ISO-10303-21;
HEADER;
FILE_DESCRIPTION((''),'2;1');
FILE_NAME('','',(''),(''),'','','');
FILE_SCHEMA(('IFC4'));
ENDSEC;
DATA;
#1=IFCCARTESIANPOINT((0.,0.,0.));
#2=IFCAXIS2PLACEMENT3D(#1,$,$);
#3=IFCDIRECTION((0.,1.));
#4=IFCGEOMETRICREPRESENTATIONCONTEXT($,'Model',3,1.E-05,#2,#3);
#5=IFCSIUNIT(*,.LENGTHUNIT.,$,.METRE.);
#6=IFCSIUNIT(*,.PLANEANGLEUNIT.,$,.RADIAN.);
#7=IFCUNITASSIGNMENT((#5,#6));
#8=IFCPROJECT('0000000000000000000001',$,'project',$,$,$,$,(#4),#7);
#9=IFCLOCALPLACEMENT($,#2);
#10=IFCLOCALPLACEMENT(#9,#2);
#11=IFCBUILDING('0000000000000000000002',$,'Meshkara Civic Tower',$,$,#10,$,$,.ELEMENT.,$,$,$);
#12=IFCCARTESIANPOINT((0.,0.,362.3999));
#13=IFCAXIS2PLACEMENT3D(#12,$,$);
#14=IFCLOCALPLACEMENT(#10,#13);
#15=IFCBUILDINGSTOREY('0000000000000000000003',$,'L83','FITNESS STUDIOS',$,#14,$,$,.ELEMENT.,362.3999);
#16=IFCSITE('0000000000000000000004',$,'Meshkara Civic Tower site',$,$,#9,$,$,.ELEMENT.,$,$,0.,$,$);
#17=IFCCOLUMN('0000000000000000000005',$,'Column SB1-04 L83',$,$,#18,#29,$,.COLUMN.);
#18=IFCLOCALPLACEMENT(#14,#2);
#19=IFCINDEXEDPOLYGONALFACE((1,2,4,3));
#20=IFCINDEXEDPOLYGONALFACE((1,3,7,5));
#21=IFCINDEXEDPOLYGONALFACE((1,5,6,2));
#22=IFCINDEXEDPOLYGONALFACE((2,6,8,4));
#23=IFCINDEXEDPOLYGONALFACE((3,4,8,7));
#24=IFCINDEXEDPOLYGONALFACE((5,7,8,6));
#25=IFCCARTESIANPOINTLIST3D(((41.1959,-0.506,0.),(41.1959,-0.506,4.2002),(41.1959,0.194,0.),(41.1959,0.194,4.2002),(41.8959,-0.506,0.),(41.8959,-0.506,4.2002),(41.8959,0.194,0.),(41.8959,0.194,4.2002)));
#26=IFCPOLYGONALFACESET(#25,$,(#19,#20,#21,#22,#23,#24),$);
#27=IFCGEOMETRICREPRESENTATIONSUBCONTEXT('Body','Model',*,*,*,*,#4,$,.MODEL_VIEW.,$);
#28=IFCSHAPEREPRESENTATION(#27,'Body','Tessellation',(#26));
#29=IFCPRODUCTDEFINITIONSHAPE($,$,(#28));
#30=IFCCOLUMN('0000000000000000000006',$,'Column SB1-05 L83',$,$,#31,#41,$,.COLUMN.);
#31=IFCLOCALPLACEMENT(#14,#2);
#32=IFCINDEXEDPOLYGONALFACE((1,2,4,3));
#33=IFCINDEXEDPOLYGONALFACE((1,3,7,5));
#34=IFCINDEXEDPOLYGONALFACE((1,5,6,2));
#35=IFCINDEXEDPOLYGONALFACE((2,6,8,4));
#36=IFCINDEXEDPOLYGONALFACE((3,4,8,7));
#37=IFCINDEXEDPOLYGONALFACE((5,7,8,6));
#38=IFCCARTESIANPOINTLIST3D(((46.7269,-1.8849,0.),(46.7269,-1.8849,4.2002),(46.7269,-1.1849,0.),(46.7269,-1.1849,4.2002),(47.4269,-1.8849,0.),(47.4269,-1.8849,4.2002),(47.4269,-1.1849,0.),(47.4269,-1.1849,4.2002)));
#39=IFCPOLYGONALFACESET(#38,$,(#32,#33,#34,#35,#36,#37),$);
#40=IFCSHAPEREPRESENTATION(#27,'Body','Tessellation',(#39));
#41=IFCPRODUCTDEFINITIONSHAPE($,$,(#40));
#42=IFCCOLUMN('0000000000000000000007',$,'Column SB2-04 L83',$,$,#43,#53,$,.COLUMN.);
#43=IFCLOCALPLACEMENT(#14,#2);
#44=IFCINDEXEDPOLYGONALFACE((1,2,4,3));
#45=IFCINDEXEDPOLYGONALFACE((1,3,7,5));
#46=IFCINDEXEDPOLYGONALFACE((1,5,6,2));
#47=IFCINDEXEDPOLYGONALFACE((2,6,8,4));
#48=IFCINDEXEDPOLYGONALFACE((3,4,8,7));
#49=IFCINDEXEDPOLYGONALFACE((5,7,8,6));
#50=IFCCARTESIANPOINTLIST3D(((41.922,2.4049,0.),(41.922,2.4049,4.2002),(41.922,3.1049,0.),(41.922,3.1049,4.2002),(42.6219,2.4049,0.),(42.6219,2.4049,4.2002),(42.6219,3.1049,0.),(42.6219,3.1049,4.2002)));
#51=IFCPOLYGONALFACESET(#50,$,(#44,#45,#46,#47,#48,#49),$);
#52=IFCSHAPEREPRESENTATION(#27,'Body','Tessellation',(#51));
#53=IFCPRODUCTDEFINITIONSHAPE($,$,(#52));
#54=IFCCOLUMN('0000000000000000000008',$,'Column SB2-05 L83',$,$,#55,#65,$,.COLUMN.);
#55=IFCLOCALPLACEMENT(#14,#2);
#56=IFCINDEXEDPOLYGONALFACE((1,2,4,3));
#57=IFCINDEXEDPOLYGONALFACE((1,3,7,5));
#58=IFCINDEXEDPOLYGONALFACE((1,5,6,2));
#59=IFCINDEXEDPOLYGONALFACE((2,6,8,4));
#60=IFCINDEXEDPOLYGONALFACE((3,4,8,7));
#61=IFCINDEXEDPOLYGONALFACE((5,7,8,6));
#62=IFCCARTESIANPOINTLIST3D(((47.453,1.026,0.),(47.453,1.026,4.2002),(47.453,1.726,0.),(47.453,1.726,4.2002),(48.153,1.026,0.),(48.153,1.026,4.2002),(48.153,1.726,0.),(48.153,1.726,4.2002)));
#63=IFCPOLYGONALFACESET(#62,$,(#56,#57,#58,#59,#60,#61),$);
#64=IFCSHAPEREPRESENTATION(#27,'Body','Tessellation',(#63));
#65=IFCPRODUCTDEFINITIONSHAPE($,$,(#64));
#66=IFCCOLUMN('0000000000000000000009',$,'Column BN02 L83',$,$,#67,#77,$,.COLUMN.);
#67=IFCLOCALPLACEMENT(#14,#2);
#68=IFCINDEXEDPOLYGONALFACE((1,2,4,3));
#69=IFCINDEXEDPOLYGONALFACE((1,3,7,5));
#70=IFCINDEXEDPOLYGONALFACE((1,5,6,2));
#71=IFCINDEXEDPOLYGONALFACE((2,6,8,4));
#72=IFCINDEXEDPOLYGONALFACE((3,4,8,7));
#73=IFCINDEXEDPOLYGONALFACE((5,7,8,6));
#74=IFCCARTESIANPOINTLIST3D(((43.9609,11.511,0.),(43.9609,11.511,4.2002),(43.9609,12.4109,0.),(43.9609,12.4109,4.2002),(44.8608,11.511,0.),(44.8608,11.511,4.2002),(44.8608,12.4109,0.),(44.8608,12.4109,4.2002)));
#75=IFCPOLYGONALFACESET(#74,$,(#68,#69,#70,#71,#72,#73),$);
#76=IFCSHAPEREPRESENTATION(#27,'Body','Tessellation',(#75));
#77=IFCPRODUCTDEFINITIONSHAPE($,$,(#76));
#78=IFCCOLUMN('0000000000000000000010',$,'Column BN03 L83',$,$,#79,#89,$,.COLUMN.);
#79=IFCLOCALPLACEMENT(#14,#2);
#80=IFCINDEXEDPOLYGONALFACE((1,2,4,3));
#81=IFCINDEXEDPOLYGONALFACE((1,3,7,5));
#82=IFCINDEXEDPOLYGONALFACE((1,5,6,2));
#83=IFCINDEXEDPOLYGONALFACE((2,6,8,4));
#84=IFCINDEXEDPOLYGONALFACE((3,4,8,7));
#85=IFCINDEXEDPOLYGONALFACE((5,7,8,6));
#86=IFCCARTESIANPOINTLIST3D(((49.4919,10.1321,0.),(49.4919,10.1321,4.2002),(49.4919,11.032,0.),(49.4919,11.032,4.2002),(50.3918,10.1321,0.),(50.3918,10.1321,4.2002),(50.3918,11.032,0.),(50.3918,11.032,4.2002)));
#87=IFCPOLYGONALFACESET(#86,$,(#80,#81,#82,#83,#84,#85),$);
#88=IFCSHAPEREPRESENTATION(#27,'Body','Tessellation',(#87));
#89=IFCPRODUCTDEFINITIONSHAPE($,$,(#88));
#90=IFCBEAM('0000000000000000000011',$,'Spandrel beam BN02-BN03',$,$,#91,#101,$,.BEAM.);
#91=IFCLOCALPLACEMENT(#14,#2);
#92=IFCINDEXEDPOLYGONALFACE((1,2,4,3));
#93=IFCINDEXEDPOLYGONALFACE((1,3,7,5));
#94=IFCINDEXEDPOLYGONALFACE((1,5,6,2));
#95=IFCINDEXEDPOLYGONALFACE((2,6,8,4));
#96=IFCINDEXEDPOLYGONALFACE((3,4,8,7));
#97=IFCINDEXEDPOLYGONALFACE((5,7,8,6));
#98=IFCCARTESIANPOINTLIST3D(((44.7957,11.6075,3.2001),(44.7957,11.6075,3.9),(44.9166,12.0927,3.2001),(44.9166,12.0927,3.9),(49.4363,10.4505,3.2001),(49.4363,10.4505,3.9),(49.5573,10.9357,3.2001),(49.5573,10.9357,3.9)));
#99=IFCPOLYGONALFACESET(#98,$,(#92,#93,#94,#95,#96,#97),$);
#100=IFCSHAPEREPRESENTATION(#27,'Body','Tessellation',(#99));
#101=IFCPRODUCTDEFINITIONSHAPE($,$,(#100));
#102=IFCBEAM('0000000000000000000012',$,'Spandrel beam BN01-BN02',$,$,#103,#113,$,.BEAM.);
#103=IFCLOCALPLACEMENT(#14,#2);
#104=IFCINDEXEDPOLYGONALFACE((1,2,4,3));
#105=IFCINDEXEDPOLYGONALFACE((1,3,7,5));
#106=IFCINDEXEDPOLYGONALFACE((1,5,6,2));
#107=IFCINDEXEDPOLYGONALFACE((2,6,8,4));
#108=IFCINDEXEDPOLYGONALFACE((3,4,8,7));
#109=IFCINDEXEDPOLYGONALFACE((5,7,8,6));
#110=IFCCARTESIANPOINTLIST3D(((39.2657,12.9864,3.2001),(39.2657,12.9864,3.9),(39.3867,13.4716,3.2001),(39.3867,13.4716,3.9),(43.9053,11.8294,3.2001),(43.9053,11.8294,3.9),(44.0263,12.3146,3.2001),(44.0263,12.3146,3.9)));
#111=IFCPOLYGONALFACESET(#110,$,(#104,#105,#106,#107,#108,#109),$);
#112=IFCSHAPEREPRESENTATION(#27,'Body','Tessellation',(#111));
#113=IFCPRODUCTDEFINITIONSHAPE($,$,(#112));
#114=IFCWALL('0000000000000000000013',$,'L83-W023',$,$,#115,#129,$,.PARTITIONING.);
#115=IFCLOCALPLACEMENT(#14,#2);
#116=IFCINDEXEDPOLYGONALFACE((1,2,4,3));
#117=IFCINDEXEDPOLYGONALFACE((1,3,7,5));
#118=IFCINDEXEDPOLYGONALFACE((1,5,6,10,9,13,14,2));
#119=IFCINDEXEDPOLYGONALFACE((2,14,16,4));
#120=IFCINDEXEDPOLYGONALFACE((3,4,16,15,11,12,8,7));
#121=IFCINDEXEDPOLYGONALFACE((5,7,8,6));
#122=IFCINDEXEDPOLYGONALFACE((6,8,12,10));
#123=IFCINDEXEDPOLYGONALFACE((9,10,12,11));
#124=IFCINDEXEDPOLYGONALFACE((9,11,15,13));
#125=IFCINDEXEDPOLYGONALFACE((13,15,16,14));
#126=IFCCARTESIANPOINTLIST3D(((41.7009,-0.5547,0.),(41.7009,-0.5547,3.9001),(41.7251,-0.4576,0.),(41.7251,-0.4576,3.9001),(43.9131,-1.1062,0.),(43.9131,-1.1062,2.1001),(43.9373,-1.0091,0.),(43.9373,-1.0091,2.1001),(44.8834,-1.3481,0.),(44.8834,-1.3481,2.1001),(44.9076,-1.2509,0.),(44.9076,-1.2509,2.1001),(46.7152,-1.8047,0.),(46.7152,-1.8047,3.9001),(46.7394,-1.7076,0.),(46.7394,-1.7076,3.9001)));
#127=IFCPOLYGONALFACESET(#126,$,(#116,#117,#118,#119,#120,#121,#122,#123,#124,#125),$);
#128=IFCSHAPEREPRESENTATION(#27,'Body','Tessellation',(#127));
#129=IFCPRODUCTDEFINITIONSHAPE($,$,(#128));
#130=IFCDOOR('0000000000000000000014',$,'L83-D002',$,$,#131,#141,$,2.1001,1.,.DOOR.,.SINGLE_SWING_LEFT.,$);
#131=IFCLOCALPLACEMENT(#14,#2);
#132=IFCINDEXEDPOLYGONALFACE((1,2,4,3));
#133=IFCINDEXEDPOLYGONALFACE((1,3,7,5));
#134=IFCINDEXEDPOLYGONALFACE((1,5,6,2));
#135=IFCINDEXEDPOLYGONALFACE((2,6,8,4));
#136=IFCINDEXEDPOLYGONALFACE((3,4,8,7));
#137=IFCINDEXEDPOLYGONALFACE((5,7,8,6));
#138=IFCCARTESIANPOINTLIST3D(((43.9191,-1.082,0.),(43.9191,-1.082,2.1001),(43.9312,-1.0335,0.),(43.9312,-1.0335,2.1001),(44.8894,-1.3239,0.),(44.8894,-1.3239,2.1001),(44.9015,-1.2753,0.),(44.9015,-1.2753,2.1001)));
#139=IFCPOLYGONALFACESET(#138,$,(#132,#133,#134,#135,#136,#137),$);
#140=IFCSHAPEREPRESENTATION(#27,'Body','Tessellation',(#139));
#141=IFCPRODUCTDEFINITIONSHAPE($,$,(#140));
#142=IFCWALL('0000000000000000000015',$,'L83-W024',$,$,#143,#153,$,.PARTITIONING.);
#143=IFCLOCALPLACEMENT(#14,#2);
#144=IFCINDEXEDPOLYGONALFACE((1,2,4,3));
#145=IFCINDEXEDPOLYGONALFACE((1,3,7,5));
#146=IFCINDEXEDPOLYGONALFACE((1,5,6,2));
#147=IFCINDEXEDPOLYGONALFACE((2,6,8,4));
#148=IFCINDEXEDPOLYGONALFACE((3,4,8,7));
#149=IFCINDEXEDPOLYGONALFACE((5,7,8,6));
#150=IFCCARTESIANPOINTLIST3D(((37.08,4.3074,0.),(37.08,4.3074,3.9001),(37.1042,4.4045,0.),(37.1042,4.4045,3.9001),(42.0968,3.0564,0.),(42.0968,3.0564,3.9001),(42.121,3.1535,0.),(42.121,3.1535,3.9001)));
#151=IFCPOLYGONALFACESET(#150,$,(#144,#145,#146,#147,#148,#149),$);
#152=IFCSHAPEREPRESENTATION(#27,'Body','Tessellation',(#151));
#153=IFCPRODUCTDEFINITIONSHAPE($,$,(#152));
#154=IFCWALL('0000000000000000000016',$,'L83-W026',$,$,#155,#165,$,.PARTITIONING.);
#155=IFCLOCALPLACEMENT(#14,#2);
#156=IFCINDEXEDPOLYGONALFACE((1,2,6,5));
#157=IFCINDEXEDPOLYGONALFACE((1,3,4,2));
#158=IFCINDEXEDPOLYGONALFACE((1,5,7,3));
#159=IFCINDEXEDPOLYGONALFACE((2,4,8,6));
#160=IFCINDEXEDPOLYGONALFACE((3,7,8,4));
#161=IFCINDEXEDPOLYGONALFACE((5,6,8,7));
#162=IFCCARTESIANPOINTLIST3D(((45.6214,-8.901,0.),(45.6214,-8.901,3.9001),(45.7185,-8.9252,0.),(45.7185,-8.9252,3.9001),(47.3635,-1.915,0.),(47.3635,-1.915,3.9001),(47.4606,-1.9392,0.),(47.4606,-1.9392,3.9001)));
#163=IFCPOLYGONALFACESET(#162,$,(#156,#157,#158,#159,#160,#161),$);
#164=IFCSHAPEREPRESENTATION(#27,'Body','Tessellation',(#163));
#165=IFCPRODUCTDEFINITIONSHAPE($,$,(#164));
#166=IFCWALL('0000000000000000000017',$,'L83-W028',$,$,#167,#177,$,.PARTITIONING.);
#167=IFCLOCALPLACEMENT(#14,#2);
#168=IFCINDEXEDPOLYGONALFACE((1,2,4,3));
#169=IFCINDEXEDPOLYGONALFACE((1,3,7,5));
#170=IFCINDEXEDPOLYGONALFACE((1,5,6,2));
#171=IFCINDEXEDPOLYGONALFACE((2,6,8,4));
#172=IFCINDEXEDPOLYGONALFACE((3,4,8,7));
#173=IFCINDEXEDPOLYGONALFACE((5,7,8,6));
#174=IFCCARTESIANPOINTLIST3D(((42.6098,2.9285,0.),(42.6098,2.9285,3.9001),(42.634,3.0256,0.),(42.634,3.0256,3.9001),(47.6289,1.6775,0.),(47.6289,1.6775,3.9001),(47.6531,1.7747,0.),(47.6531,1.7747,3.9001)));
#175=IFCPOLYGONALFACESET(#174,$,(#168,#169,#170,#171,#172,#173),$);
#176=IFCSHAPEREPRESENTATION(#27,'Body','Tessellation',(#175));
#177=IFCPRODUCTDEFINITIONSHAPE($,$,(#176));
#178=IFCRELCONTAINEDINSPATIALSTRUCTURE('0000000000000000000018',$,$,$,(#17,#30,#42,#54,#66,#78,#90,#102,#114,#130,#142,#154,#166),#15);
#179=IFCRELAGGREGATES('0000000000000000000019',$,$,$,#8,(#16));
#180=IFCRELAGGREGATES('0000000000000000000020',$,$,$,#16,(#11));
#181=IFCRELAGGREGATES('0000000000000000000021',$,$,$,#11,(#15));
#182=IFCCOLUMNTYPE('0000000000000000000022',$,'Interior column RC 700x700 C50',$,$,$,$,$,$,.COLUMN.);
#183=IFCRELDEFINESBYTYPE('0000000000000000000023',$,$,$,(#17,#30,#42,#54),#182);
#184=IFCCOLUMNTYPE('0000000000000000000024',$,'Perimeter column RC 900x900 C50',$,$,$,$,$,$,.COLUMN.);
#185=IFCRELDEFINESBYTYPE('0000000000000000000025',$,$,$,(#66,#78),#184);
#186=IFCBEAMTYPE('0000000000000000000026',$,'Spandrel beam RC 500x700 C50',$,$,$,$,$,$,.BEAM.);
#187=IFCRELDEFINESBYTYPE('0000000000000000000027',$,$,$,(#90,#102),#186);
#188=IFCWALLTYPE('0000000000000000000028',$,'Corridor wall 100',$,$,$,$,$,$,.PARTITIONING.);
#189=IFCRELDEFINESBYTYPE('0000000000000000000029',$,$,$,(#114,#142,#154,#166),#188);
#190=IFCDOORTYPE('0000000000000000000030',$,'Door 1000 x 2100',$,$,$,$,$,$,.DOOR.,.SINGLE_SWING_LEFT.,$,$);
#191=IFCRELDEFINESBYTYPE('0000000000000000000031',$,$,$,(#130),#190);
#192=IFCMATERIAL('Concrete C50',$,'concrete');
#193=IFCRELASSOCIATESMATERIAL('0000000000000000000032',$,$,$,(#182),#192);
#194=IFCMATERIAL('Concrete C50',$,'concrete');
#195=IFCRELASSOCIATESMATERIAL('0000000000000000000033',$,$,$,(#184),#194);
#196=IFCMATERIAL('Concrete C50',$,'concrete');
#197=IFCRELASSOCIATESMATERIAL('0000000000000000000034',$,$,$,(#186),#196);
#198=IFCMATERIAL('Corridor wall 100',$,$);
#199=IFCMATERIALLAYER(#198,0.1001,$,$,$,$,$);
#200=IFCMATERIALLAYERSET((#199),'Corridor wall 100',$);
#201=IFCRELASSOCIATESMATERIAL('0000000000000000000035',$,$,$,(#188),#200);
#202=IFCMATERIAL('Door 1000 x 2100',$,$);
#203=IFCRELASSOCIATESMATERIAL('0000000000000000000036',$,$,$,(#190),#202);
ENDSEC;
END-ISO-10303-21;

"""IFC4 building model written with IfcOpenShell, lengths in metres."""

from ifc_helpers import new_model, si_unit, direction, frame, frame_2d, origin, origin_2d, place, context, subcontext, project, spatial, rectangle, extrude, material, layer, layer_set, material_profile, profile_set, type_object, element, fill, save


model = new_model("IFC4")

# Units and contexts
model_context = context("Model", 3, precision=1e-05, world=origin(), true_north=direction((0.0, 1.0)))
body_context = subcontext(model_context, "Body", "Model", "MODEL_VIEW")
ifc_project = project(units=[si_unit("LENGTHUNIT", "METRE"), si_unit("PLANEANGLEUNIT", "RADIAN")], contexts=[model_context])

# Site, building, storey
site_placement = place(None, origin())
site = spatial("IfcSite", under=ifc_project, at=site_placement, Name="Meshkara Civic Tower site", CompositionType="ELEMENT", RefElevation=0.0)
building_placement = place(site_placement, origin())
building = spatial("IfcBuilding", under=site, at=building_placement, Name="Meshkara Civic Tower", CompositionType="ELEMENT")
storey_placement = place(building_placement, frame((0.0, 0.0, 362.3999)))
storey = spatial("IfcBuildingStorey", under=building, at=storey_placement, Name="L83", Description="FITNESS STUDIOS", CompositionType="ELEMENT", Elevation=362.3999)

# Columns
ifc_material_1 = material(Name="Concrete C50", Category="concrete")
ifc_material_profile_1 = material_profile(ifc_material_1, rectangle(XDim=0.7, YDim=0.7, at=origin_2d()))
ifc_profile_set_1 = profile_set([ifc_material_profile_1], Name="Concrete C50")
column_type_1 = type_object("IfcColumnType", Name="Interior column RC 700x700 C50", PredefinedType="COLUMN", material=ifc_profile_set_1)
for number, where, z_axis, x_axis, name in (
    (1, (41.5459, -0.156, 0.0), (0.0, 0.0, 1.0), (1.0, 0.0, 0.0), "Column SB1-04 L83"),
    (2, (47.0769, -1.5349, 0.0), (0.0, 0.0, 1.0), (1.0, 0.0, 0.0), "Column SB1-05 L83"),
    (3, (42.272, 2.7549, 0.0), (0.0, 0.0, 1.0), (1.0, 0.0, 0.0), "Column SB2-04 L83"),
    (4, (47.803, 1.376, 0.0), (0.0, 0.0, 1.0), (1.0, 0.0, 0.0), "Column SB2-05 L83"),
):
    element("IfcColumn", number, at=place(storey_placement, frame(where, z_axis=z_axis, x_axis=x_axis)), inside=storey, type_object=column_type_1, Name=name, PredefinedType="COLUMN", context=body_context, shape_type="SweptSolid", body=[
        extrude(rectangle(XDim=0.7, YDim=0.7, at=origin_2d()), origin(), (0.0, 0.0, 1.0), 4.2002),
    ])
ifc_material_2 = material(Name="Concrete C50", Category="concrete")
ifc_material_profile_2 = material_profile(ifc_material_2, rectangle(XDim=0.8999, YDim=0.8999, at=origin_2d()))
ifc_profile_set_2 = profile_set([ifc_material_profile_2], Name="Concrete C50")
column_type_2 = type_object("IfcColumnType", Name="Perimeter column RC 900x900 C50", PredefinedType="COLUMN", material=ifc_profile_set_2)
for number, where, z_axis, x_axis, name in (
    (5, (44.4109, 11.9609, 0.0), (0.0, 0.0, 1.0), (1.0, 0.0, 0.0), "Column BN02 L83"),
    (6, (49.9419, 10.582, 0.0), (0.0, 0.0, 1.0), (1.0, 0.0, 0.0), "Column BN03 L83"),
):
    element("IfcColumn", number, at=place(storey_placement, frame(where, z_axis=z_axis, x_axis=x_axis)), inside=storey, type_object=column_type_2, Name=name, PredefinedType="COLUMN", context=body_context, shape_type="SweptSolid", body=[
        extrude(rectangle(XDim=0.8999, YDim=0.8999, at=origin_2d()), origin(), (0.0, 0.0, 1.0), 4.2002),
    ])

# Beams
ifc_material_3 = material(Name="Concrete C50", Category="concrete")
ifc_material_profile_3 = material_profile(ifc_material_3, rectangle(XDim=0.5, YDim=0.7, at=origin_2d()))
ifc_profile_set_3 = profile_set([ifc_material_profile_3], Name="Concrete C50")
beam_type = type_object("IfcBeamType", Name="Spandrel beam RC 500x700 C50", PredefinedType="BEAM", material=ifc_profile_set_3)
beam_1_placement = place(storey_placement, frame((49.4968, 10.6931, 3.55), z_axis=(-0.970298, 0.241911, 0.0), x_axis=(-0.241911, -0.970298, 0.0)))
element("IfcBeam", 7, at=beam_1_placement, inside=storey, type_object=beam_type, Name="Spandrel beam BN02-BN03", PredefinedType="BEAM", context=body_context, shape_type="SweptSolid", body=[
    extrude(rectangle(XDim=0.5, YDim=0.7, at=origin_2d()), origin(), (0.0, 0.0, 1.0), 4.7827),
])
beam_2_placement = place(storey_placement, frame((43.9658, 12.072, 3.55), z_axis=(-0.970286, 0.241959, 0.0), x_axis=(-0.241959, -0.970286, 0.0)))
element("IfcBeam", 8, at=beam_2_placement, inside=storey, type_object=beam_type, Name="Spandrel beam BN01-BN02", PredefinedType="BEAM", context=body_context, shape_type="SweptSolid", body=[
    extrude(rectangle(XDim=0.5, YDim=0.7, at=origin_2d()), origin(), (0.0, 0.0, 1.0), 4.7817),
])

# Wall, opening, door
ifc_material_4 = material(Name="Corridor wall 100")
ifc_layer_1 = layer(ifc_material_4, 0.1001)
ifc_layer_set_1 = layer_set([ifc_layer_1], Name="Corridor wall 100")
wall_type_1 = type_object("IfcWallType", Name="Corridor wall 100", PredefinedType="PARTITIONING", material=ifc_layer_set_1)
wall_1_placement = place(storey_placement, frame((41.7129, -0.5061, 0.0), z_axis=(0.0, 0.0, 1.0), x_axis=(0.970303, -0.241891, 0.0)))
wall_1 = element("IfcWall", 9, at=wall_1_placement, inside=storey, type_object=wall_type_1, Name="L83-W023", PredefinedType="PARTITIONING", context=body_context, shape_type="SweptSolid", body=[
    extrude(rectangle(XDim=5.1677, YDim=0.1001, at=frame_2d((2.584, 0.0))), origin(), (0.0, 0.0, 1.0), 3.9001),
])
opening_1_placement = place(wall_1_placement, frame((2.28, 0.0, 0.0)))
opening_1 = element("IfcOpeningElement", 10, at=opening_1_placement, cuts=wall_1, PredefinedType="OPENING", context=body_context, shape_type="SweptSolid", body=[
    extrude(rectangle(XDim=1.0, YDim=2.1001, at=frame_2d((0.5, 1.05))), frame((0.0, 0.0601, 0.0), z_axis=(0.0, -1.0, 0.0), x_axis=(1.0, 0.0, 0.0)), (0.0, 0.0, 1.0), 0.1201),
])
ifc_material_5 = material(Name="Door 1000 x 2100")
door_type_1 = type_object("IfcDoorType", Name="Door 1000 x 2100", OperationType="SINGLE_SWING_LEFT", PredefinedType="DOOR", material=ifc_material_5)
door_1_placement = place(opening_1_placement, origin())
door_1 = element("IfcDoor", 11, at=door_1_placement, inside=storey, type_object=door_type_1, Name="L83-D002", OperationType="SINGLE_SWING_LEFT", OverallHeight=2.1001, OverallWidth=1.0, PredefinedType="DOOR", context=body_context, shape_type="SweptSolid", body=[
    extrude(rectangle(XDim=1.0, YDim=2.1001, at=frame_2d((0.5, 1.05))), frame((0.0, 0.0249, 0.0), z_axis=(0.0, -1.0, 0.0), x_axis=(1.0, 0.0, 0.0)), (0.0, 0.0, 1.0), 0.05),
])
fill(opening_1, door_1)

# Walls
wall_2_placement = place(storey_placement, frame((42.1089, 3.105, 0.0), z_axis=(0.0, 0.0, 1.0), x_axis=(-0.97029, 0.241947, 0.0)))
element("IfcWall", 12, at=wall_2_placement, inside=storey, type_object=wall_type_1, Name="L83-W024", PredefinedType="PARTITIONING", context=body_context, shape_type="SweptSolid", body=[
    extrude(rectangle(XDim=5.1704, YDim=0.1001, at=frame_2d((2.5852, 0.0))), origin(), (0.0, 0.0, 1.0), 3.9001),
])
wall_3_placement = place(storey_placement, frame((47.4121, -1.927, 0.0), z_axis=(0.0, 0.0, 1.0), x_axis=(-0.241969, -0.970284, 0.0)))
element("IfcWall", 13, at=wall_3_placement, inside=storey, type_object=wall_type_1, Name="L83-W026", PredefinedType="PARTITIONING", context=body_context, shape_type="SweptSolid", body=[
    extrude(rectangle(XDim=7.2, YDim=0.1001, at=frame_2d((3.6001, 0.0))), origin(), (0.0, 0.0, 1.0), 3.9001),
])
wall_4_placement = place(storey_placement, frame((47.6411, 1.7261, 0.0), z_axis=(0.0, 0.0, 1.0), x_axis=(-0.970314, 0.241847, 0.0)))
element("IfcWall", 14, at=wall_4_placement, inside=storey, type_object=wall_type_1, Name="L83-W028", PredefinedType="PARTITIONING", context=body_context, shape_type="SweptSolid", body=[
    extrude(rectangle(XDim=5.1726, YDim=0.1001, at=frame_2d((2.5864, 0.0))), origin(), (0.0, 0.0, 1.0), 3.9001),
])

save(model, "model.ifc")
